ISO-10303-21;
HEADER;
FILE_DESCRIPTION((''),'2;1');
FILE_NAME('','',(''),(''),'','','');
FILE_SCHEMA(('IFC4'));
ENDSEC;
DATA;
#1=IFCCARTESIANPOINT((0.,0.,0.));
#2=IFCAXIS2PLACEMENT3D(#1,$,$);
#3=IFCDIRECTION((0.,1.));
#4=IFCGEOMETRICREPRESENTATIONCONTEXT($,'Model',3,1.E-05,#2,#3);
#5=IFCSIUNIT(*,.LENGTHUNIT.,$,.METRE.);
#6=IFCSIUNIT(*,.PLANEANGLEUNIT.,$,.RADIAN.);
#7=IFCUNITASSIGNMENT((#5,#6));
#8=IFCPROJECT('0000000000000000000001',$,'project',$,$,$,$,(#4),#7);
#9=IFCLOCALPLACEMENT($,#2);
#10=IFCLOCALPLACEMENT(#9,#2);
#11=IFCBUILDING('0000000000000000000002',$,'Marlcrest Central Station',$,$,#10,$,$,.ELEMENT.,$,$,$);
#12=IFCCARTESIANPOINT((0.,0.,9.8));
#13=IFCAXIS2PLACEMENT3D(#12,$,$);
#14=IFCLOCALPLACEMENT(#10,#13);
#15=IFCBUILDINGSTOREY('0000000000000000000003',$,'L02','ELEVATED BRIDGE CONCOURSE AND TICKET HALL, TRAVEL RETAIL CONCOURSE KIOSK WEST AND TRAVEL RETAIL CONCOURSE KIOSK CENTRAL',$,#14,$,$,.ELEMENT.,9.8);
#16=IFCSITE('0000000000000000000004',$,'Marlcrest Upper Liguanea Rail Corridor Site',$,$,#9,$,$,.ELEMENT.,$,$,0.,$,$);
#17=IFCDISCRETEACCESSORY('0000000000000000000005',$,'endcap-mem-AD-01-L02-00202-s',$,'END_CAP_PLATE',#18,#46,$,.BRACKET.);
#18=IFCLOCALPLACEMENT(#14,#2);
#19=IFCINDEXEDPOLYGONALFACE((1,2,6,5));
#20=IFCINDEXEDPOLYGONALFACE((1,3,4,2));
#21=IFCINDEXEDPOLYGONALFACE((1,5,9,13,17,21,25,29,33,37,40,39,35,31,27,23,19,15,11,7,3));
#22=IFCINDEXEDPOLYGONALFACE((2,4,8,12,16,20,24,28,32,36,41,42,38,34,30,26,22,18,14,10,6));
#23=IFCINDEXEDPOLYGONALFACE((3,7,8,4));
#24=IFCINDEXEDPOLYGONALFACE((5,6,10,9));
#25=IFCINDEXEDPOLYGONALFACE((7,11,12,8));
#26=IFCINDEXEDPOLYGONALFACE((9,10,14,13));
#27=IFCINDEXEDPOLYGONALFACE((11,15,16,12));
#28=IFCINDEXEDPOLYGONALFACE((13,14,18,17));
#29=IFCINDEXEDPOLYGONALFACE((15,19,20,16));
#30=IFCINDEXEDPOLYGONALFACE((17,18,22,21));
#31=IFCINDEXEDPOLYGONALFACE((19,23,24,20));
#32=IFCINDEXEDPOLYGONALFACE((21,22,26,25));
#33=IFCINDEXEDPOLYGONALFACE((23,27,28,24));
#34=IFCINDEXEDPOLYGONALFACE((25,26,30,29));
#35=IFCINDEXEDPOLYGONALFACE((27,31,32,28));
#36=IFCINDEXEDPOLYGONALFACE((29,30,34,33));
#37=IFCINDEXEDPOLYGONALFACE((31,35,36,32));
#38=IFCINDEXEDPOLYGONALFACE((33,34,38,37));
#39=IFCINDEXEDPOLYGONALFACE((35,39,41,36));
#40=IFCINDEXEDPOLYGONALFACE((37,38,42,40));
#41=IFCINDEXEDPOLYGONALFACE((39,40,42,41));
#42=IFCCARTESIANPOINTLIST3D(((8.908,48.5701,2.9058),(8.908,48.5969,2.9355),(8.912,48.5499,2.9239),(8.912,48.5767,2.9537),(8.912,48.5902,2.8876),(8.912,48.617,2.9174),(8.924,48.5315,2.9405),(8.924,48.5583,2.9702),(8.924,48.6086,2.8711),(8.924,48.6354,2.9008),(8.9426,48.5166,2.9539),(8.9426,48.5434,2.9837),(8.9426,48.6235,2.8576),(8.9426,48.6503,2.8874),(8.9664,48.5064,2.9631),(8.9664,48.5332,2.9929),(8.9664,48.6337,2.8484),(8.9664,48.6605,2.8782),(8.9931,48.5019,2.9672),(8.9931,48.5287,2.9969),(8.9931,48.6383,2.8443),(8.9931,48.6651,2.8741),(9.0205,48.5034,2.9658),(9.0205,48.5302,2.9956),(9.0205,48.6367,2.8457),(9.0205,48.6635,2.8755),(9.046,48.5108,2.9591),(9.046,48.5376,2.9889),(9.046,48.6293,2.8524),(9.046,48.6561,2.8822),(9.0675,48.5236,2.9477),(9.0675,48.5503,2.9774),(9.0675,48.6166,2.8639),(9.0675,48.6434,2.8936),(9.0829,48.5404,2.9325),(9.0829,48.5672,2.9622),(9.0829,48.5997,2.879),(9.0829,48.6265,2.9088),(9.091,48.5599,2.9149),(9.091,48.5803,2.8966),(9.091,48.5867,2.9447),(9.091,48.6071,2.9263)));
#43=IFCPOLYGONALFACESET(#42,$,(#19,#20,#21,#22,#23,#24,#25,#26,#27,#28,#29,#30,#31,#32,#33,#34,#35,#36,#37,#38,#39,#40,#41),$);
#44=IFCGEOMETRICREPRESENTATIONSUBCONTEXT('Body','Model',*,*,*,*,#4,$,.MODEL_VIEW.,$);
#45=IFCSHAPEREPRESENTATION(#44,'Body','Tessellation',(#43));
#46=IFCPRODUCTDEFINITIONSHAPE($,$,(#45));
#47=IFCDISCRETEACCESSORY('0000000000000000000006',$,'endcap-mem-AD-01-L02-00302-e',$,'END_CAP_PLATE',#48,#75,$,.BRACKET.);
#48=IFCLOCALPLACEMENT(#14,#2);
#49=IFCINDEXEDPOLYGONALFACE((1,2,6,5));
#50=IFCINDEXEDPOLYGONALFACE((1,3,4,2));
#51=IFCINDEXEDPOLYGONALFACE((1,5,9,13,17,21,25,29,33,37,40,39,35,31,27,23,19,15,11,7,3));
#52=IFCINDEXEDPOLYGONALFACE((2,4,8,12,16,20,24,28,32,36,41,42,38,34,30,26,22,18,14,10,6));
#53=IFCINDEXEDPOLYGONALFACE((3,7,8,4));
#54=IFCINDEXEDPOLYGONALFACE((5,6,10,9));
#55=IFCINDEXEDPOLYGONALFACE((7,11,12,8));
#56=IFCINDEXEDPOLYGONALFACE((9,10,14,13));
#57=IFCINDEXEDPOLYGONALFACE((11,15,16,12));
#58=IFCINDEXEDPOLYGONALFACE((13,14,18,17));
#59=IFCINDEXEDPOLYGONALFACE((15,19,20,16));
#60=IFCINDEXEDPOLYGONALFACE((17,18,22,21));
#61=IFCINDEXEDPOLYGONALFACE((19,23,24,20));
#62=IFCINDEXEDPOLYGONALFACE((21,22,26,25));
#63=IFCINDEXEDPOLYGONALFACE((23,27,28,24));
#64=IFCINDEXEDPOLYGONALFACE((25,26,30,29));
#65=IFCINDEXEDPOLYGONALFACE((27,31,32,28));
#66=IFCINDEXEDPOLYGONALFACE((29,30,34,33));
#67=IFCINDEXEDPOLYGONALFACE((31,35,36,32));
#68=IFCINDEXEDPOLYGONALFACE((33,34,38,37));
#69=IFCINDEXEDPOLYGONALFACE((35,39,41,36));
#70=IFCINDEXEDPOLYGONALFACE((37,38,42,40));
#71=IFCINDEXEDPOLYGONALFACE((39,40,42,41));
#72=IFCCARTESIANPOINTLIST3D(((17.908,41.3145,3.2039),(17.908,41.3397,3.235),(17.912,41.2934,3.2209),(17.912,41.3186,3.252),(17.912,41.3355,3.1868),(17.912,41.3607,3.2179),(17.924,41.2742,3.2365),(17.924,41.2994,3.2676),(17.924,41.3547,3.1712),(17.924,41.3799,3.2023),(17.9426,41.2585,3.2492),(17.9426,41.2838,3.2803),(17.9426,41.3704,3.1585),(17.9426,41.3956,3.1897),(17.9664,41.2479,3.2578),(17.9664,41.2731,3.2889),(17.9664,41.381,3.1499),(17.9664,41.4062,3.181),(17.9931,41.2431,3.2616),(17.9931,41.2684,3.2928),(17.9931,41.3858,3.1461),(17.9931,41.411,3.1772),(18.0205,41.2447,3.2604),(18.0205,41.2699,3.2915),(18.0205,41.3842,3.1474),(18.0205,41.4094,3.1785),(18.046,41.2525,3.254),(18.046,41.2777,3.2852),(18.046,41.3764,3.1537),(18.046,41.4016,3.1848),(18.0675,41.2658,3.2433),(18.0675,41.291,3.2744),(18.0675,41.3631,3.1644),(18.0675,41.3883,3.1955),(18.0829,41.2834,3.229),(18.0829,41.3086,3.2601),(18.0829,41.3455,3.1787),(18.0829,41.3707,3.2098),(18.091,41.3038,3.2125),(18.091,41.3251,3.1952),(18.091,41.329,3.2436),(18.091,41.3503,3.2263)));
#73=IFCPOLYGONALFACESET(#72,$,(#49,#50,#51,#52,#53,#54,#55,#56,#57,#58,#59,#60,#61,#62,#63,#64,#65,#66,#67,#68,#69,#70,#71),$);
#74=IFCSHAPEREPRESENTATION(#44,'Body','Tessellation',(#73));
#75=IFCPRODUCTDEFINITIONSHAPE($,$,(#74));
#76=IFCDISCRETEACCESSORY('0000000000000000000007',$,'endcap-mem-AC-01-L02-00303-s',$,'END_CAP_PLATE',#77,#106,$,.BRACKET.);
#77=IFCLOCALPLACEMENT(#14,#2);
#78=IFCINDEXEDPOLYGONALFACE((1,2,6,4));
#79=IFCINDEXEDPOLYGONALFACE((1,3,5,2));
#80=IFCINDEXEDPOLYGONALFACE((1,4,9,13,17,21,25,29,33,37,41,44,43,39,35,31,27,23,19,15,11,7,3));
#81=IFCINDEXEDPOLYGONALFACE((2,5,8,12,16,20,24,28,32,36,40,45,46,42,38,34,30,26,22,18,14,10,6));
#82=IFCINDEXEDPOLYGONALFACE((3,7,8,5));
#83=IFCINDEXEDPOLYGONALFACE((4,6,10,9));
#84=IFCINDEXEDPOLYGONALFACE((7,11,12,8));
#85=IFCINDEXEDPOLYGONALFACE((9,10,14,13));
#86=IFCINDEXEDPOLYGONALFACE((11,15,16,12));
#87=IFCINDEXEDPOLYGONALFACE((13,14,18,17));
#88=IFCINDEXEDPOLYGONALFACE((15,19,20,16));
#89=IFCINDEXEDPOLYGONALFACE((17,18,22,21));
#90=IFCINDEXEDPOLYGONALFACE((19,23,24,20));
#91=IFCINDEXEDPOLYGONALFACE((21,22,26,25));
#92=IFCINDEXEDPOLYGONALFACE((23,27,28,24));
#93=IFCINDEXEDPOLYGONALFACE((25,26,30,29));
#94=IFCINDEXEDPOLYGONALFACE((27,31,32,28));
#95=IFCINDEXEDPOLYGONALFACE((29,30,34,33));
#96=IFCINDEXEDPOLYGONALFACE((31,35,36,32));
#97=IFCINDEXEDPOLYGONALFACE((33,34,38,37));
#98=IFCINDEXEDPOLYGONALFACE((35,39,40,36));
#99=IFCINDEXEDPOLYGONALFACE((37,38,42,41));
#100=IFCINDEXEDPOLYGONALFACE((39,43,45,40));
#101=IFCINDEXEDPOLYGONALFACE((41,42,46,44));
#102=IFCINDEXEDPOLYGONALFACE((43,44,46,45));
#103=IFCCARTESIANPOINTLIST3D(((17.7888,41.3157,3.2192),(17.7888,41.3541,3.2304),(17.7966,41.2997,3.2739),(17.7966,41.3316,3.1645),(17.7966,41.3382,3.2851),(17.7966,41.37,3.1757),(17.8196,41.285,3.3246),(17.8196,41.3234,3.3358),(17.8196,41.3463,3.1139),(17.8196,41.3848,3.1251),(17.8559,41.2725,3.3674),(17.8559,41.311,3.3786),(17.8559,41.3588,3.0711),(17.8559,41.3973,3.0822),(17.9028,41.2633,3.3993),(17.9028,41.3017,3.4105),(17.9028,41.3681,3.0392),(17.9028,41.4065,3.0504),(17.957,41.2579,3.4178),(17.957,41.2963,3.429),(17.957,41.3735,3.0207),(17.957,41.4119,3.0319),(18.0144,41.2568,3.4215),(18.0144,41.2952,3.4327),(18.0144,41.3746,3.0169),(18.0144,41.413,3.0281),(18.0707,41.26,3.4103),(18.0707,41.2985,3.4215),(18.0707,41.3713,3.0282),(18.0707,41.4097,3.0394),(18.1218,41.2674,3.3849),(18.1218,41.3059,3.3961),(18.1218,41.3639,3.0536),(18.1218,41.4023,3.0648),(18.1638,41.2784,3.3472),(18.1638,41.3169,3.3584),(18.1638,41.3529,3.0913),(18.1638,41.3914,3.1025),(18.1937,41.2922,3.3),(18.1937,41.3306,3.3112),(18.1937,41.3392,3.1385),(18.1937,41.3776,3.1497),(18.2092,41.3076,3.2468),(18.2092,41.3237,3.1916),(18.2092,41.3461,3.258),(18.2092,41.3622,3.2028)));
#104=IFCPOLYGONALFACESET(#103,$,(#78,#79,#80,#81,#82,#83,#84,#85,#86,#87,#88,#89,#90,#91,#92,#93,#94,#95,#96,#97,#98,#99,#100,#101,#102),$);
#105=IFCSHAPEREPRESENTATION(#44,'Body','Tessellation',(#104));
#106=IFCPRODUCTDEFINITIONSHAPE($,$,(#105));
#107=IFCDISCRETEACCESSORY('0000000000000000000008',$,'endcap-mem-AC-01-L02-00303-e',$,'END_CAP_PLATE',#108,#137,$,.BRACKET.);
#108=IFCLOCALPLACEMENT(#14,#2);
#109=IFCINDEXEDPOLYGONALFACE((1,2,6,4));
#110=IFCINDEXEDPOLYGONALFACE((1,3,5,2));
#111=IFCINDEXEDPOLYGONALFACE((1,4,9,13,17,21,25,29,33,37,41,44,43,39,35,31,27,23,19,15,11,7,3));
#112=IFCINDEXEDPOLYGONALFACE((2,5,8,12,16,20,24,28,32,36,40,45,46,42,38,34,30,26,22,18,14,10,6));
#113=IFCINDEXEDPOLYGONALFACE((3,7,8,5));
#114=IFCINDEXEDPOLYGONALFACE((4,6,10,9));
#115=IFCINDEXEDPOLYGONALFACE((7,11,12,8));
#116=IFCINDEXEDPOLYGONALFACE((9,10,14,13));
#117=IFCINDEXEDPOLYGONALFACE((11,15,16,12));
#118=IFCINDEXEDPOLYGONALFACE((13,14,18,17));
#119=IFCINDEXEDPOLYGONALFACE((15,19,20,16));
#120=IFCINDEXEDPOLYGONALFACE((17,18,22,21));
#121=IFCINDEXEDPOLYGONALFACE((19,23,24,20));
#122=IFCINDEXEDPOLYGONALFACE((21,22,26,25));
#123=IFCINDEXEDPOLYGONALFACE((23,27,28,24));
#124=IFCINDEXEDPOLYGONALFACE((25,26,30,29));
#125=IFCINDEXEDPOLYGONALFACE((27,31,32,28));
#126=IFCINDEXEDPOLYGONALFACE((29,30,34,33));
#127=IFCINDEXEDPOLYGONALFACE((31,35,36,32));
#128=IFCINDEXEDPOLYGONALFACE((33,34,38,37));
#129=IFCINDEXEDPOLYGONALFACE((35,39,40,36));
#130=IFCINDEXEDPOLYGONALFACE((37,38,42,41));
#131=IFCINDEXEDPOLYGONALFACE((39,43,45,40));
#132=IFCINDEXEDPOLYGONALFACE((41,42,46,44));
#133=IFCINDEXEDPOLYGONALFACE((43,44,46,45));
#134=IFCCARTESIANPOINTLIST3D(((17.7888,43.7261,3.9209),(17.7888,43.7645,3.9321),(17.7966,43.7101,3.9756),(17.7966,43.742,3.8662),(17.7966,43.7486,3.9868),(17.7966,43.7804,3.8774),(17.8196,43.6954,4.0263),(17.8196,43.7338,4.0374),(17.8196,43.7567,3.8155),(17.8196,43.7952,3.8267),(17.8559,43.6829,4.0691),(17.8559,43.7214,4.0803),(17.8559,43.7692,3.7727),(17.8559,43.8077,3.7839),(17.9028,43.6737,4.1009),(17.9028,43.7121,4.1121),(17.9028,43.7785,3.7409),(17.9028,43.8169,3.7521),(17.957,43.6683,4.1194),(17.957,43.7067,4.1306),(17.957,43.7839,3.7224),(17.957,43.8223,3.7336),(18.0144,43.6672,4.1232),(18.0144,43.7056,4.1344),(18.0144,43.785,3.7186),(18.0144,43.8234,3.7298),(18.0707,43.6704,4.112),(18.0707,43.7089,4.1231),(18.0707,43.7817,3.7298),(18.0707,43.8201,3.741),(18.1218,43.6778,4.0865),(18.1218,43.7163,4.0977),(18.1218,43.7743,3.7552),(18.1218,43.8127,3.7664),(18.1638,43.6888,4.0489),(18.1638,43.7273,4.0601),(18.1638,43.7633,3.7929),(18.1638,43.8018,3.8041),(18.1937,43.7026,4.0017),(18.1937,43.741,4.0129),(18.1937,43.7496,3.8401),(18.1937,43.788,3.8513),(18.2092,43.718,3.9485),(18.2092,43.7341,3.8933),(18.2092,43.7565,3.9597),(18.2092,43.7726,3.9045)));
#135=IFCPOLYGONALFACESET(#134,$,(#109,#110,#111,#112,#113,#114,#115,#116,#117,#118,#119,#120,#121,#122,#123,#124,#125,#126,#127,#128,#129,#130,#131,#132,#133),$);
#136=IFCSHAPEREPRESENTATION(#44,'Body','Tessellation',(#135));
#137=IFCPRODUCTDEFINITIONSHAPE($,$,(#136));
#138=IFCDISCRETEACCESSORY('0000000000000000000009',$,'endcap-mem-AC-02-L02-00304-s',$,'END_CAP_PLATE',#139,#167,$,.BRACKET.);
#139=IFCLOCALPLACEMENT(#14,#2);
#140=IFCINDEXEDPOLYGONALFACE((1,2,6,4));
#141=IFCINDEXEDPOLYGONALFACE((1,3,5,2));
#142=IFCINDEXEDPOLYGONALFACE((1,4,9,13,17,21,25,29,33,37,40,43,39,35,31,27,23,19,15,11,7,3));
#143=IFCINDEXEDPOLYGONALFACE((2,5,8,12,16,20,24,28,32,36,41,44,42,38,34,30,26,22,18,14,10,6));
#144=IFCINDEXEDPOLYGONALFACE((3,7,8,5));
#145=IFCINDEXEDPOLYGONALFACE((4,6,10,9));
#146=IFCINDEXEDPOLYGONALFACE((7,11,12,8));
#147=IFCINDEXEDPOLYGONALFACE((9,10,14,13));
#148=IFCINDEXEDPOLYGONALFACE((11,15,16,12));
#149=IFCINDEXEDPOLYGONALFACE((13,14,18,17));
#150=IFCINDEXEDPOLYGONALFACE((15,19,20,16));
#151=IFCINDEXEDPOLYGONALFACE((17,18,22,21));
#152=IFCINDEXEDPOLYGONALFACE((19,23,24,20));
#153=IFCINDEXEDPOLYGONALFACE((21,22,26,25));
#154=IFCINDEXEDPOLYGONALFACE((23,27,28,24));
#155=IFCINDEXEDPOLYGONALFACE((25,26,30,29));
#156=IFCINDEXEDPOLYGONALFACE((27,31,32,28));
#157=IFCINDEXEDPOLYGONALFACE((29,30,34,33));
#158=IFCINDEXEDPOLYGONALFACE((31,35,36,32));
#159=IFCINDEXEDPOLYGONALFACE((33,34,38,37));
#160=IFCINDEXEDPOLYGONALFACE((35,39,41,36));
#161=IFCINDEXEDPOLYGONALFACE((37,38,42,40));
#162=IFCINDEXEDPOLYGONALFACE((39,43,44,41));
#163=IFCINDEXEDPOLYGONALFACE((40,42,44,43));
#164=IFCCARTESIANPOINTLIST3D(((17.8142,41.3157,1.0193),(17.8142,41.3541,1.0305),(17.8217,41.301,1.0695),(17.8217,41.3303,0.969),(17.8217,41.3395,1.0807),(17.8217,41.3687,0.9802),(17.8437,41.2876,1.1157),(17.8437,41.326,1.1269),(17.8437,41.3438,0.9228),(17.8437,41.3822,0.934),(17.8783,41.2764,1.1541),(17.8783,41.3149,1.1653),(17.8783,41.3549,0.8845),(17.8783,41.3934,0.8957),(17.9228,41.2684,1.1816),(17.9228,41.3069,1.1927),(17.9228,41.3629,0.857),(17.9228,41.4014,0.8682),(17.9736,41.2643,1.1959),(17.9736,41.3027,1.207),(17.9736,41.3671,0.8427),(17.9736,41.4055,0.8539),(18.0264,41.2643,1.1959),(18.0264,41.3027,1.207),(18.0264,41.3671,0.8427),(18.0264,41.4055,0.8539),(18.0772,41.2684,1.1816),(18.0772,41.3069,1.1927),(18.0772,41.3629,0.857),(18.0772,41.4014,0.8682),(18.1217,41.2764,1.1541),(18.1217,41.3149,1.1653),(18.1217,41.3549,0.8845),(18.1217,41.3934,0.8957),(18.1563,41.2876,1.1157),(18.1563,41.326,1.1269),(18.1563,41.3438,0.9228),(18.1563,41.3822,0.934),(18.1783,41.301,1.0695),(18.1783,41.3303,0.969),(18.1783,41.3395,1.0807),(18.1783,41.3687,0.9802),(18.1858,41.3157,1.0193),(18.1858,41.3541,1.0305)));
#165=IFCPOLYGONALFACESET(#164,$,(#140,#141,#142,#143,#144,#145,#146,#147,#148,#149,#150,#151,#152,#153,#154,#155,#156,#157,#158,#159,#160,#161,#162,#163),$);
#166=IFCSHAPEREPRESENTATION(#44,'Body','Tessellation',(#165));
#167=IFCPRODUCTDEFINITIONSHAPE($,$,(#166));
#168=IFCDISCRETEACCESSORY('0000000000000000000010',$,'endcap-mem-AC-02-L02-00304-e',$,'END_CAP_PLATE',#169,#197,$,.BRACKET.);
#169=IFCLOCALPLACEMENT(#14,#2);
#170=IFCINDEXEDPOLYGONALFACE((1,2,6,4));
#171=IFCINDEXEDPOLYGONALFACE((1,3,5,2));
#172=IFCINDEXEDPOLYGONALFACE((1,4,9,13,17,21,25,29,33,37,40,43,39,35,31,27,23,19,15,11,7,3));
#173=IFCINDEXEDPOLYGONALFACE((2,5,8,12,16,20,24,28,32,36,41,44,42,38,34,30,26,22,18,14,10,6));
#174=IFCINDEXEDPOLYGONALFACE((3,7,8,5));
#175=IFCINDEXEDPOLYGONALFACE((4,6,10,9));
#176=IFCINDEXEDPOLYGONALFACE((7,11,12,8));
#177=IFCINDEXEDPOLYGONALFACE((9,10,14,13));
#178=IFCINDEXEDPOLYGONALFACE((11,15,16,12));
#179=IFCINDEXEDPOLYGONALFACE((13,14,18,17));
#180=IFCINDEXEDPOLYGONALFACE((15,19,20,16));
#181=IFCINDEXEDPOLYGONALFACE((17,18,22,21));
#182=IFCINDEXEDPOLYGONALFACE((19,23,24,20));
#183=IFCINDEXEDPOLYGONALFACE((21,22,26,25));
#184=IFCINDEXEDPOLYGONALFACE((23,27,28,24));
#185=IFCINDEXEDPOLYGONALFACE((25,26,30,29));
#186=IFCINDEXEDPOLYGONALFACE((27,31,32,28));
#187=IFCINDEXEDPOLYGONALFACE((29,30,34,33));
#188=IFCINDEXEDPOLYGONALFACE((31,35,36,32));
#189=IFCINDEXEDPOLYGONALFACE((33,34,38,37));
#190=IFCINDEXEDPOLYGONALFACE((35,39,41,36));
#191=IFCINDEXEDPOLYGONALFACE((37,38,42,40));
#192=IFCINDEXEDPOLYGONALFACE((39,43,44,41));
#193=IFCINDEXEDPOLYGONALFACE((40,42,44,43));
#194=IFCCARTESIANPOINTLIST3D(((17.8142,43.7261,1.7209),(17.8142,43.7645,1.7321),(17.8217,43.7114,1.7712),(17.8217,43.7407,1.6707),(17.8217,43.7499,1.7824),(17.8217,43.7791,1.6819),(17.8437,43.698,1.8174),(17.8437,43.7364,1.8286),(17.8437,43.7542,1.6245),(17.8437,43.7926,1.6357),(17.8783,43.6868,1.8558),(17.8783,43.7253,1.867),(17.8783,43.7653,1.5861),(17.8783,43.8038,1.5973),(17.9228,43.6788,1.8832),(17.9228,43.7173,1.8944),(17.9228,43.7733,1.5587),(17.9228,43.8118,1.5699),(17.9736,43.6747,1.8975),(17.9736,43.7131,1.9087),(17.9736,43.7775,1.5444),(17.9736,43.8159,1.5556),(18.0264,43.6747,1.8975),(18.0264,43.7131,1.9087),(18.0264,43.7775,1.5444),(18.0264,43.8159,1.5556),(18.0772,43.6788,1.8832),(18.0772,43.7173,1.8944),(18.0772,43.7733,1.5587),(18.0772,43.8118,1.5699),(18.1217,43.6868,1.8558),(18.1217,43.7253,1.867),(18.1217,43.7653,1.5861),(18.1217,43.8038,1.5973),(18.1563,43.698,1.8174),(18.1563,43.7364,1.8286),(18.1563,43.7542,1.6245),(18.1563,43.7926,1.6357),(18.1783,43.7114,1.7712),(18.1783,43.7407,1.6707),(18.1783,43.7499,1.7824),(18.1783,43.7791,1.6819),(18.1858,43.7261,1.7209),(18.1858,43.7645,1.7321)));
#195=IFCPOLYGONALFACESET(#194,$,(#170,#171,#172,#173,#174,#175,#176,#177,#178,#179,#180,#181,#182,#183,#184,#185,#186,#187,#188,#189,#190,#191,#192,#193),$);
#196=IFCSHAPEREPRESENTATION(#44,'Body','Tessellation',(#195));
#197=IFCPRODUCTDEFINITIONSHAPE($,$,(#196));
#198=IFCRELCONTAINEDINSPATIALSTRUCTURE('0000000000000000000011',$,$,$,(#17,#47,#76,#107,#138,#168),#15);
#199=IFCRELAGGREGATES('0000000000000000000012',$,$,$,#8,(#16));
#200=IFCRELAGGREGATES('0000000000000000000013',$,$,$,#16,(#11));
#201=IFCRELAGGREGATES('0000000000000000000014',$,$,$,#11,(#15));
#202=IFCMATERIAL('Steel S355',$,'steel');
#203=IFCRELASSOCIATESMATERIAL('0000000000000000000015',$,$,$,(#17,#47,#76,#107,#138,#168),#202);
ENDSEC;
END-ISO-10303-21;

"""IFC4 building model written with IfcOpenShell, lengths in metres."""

from ifc_helpers import new_model, si_unit, direction, frame, origin, origin_2d, place, context, subcontext, project, spatial, circle, extrude, material, element, save


model = new_model("IFC4")

# Units and contexts
model_context = context("Model", 3, precision=1e-05, world=origin(), true_north=direction((0.0, 1.0)))
body_context = subcontext(model_context, "Body", "Model", "MODEL_VIEW")
ifc_project = project(units=[si_unit("LENGTHUNIT", "METRE"), si_unit("PLANEANGLEUNIT", "RADIAN")], contexts=[model_context])

# Site, building, storey
site_placement = place(None, origin())
site = spatial("IfcSite", under=ifc_project, at=site_placement, Name="Marlcrest Upper Liguanea Rail Corridor Site", CompositionType="ELEMENT", RefElevation=0.0)
building_placement = place(site_placement, origin())
building = spatial("IfcBuilding", under=site, at=building_placement, Name="Marlcrest Central Station", CompositionType="ELEMENT")
storey_placement = place(building_placement, frame((0.0, 0.0, 9.8)))
storey = spatial("IfcBuildingStorey", under=building, at=storey_placement, Name="L02", Description="ELEVATED BRIDGE CONCOURSE AND TICKET HALL, TRAVEL RETAIL CONCOURSE KIOSK WEST AND TRAVEL RETAIL CONCOURSE KIOSK CENTRAL", CompositionType="ELEMENT", Elevation=9.8)

# Shared definitions
ifc_material_1 = material(Name="Steel S355", Category="steel")

# Discrete accessories
for number, where, z_axis, x_axis, name in (
    (1, (9.0, 48.5701, 2.9058), (0.0, 0.669244, 0.743042), (-1.0, 0.0, 0.0), "endcap-mem-AD-01-L02-00202-s"),
    (2, (18.0, 41.3145, 3.2039), (0.0, 0.629629, 0.776896), (-1.0, 0.0, 0.0), "endcap-mem-AD-01-L02-00302-e"),
):
    element("IfcDiscreteAccessory", number, at=place(storey_placement, frame(where, z_axis=z_axis, x_axis=x_axis)), inside=storey, material=ifc_material_1, Name=name, ObjectType="END_CAP_PLATE", PredefinedType="BRACKET", context=body_context, shape_type="SweptSolid", body=[
        extrude(circle(Radius=0.092, at=origin_2d()), origin(), (0.0, 0.0, 1.0), 0.04),
    ])
for number, where, z_axis, x_axis, name in (
    (3, (18.0, 41.3157, 3.2192), (0.0, 0.96013, 0.279554), (-1.0, 0.0, 0.0), "endcap-mem-AC-01-L02-00303-s"),
    (4, (18.0, 43.7261, 3.9209), (0.0, 0.96013, 0.279554), (-1.0, 0.0, 0.0), "endcap-mem-AC-01-L02-00303-e"),
):
    element("IfcDiscreteAccessory", number, at=place(storey_placement, frame(where, z_axis=z_axis, x_axis=x_axis)), inside=storey, material=ifc_material_1, Name=name, ObjectType="END_CAP_PLATE", PredefinedType="BRACKET", context=body_context, shape_type="SweptSolid", body=[
        extrude(circle(Radius=0.2112, at=origin_2d()), origin(), (0.0, 0.0, 1.0), 0.04),
    ])
for number, where, z_axis, x_axis, name in (
    (5, (18.0, 41.3157, 1.0193), (0.0, 0.96013, 0.279554), (-1.0, 0.0, 0.0), "endcap-mem-AC-02-L02-00304-s"),
    (6, (18.0, 43.7261, 1.7209), (0.0, 0.96013, 0.279554), (-1.0, 0.0, 0.0), "endcap-mem-AC-02-L02-00304-e"),
):
    element("IfcDiscreteAccessory", number, at=place(storey_placement, frame(where, z_axis=z_axis, x_axis=x_axis)), inside=storey, material=ifc_material_1, Name=name, ObjectType="END_CAP_PLATE", PredefinedType="BRACKET", context=body_context, shape_type="SweptSolid", body=[
        extrude(circle(Radius=0.1858, at=origin_2d()), origin(), (0.0, 0.0, 1.0), 0.04),
    ])

save(model, "model.ifc")
